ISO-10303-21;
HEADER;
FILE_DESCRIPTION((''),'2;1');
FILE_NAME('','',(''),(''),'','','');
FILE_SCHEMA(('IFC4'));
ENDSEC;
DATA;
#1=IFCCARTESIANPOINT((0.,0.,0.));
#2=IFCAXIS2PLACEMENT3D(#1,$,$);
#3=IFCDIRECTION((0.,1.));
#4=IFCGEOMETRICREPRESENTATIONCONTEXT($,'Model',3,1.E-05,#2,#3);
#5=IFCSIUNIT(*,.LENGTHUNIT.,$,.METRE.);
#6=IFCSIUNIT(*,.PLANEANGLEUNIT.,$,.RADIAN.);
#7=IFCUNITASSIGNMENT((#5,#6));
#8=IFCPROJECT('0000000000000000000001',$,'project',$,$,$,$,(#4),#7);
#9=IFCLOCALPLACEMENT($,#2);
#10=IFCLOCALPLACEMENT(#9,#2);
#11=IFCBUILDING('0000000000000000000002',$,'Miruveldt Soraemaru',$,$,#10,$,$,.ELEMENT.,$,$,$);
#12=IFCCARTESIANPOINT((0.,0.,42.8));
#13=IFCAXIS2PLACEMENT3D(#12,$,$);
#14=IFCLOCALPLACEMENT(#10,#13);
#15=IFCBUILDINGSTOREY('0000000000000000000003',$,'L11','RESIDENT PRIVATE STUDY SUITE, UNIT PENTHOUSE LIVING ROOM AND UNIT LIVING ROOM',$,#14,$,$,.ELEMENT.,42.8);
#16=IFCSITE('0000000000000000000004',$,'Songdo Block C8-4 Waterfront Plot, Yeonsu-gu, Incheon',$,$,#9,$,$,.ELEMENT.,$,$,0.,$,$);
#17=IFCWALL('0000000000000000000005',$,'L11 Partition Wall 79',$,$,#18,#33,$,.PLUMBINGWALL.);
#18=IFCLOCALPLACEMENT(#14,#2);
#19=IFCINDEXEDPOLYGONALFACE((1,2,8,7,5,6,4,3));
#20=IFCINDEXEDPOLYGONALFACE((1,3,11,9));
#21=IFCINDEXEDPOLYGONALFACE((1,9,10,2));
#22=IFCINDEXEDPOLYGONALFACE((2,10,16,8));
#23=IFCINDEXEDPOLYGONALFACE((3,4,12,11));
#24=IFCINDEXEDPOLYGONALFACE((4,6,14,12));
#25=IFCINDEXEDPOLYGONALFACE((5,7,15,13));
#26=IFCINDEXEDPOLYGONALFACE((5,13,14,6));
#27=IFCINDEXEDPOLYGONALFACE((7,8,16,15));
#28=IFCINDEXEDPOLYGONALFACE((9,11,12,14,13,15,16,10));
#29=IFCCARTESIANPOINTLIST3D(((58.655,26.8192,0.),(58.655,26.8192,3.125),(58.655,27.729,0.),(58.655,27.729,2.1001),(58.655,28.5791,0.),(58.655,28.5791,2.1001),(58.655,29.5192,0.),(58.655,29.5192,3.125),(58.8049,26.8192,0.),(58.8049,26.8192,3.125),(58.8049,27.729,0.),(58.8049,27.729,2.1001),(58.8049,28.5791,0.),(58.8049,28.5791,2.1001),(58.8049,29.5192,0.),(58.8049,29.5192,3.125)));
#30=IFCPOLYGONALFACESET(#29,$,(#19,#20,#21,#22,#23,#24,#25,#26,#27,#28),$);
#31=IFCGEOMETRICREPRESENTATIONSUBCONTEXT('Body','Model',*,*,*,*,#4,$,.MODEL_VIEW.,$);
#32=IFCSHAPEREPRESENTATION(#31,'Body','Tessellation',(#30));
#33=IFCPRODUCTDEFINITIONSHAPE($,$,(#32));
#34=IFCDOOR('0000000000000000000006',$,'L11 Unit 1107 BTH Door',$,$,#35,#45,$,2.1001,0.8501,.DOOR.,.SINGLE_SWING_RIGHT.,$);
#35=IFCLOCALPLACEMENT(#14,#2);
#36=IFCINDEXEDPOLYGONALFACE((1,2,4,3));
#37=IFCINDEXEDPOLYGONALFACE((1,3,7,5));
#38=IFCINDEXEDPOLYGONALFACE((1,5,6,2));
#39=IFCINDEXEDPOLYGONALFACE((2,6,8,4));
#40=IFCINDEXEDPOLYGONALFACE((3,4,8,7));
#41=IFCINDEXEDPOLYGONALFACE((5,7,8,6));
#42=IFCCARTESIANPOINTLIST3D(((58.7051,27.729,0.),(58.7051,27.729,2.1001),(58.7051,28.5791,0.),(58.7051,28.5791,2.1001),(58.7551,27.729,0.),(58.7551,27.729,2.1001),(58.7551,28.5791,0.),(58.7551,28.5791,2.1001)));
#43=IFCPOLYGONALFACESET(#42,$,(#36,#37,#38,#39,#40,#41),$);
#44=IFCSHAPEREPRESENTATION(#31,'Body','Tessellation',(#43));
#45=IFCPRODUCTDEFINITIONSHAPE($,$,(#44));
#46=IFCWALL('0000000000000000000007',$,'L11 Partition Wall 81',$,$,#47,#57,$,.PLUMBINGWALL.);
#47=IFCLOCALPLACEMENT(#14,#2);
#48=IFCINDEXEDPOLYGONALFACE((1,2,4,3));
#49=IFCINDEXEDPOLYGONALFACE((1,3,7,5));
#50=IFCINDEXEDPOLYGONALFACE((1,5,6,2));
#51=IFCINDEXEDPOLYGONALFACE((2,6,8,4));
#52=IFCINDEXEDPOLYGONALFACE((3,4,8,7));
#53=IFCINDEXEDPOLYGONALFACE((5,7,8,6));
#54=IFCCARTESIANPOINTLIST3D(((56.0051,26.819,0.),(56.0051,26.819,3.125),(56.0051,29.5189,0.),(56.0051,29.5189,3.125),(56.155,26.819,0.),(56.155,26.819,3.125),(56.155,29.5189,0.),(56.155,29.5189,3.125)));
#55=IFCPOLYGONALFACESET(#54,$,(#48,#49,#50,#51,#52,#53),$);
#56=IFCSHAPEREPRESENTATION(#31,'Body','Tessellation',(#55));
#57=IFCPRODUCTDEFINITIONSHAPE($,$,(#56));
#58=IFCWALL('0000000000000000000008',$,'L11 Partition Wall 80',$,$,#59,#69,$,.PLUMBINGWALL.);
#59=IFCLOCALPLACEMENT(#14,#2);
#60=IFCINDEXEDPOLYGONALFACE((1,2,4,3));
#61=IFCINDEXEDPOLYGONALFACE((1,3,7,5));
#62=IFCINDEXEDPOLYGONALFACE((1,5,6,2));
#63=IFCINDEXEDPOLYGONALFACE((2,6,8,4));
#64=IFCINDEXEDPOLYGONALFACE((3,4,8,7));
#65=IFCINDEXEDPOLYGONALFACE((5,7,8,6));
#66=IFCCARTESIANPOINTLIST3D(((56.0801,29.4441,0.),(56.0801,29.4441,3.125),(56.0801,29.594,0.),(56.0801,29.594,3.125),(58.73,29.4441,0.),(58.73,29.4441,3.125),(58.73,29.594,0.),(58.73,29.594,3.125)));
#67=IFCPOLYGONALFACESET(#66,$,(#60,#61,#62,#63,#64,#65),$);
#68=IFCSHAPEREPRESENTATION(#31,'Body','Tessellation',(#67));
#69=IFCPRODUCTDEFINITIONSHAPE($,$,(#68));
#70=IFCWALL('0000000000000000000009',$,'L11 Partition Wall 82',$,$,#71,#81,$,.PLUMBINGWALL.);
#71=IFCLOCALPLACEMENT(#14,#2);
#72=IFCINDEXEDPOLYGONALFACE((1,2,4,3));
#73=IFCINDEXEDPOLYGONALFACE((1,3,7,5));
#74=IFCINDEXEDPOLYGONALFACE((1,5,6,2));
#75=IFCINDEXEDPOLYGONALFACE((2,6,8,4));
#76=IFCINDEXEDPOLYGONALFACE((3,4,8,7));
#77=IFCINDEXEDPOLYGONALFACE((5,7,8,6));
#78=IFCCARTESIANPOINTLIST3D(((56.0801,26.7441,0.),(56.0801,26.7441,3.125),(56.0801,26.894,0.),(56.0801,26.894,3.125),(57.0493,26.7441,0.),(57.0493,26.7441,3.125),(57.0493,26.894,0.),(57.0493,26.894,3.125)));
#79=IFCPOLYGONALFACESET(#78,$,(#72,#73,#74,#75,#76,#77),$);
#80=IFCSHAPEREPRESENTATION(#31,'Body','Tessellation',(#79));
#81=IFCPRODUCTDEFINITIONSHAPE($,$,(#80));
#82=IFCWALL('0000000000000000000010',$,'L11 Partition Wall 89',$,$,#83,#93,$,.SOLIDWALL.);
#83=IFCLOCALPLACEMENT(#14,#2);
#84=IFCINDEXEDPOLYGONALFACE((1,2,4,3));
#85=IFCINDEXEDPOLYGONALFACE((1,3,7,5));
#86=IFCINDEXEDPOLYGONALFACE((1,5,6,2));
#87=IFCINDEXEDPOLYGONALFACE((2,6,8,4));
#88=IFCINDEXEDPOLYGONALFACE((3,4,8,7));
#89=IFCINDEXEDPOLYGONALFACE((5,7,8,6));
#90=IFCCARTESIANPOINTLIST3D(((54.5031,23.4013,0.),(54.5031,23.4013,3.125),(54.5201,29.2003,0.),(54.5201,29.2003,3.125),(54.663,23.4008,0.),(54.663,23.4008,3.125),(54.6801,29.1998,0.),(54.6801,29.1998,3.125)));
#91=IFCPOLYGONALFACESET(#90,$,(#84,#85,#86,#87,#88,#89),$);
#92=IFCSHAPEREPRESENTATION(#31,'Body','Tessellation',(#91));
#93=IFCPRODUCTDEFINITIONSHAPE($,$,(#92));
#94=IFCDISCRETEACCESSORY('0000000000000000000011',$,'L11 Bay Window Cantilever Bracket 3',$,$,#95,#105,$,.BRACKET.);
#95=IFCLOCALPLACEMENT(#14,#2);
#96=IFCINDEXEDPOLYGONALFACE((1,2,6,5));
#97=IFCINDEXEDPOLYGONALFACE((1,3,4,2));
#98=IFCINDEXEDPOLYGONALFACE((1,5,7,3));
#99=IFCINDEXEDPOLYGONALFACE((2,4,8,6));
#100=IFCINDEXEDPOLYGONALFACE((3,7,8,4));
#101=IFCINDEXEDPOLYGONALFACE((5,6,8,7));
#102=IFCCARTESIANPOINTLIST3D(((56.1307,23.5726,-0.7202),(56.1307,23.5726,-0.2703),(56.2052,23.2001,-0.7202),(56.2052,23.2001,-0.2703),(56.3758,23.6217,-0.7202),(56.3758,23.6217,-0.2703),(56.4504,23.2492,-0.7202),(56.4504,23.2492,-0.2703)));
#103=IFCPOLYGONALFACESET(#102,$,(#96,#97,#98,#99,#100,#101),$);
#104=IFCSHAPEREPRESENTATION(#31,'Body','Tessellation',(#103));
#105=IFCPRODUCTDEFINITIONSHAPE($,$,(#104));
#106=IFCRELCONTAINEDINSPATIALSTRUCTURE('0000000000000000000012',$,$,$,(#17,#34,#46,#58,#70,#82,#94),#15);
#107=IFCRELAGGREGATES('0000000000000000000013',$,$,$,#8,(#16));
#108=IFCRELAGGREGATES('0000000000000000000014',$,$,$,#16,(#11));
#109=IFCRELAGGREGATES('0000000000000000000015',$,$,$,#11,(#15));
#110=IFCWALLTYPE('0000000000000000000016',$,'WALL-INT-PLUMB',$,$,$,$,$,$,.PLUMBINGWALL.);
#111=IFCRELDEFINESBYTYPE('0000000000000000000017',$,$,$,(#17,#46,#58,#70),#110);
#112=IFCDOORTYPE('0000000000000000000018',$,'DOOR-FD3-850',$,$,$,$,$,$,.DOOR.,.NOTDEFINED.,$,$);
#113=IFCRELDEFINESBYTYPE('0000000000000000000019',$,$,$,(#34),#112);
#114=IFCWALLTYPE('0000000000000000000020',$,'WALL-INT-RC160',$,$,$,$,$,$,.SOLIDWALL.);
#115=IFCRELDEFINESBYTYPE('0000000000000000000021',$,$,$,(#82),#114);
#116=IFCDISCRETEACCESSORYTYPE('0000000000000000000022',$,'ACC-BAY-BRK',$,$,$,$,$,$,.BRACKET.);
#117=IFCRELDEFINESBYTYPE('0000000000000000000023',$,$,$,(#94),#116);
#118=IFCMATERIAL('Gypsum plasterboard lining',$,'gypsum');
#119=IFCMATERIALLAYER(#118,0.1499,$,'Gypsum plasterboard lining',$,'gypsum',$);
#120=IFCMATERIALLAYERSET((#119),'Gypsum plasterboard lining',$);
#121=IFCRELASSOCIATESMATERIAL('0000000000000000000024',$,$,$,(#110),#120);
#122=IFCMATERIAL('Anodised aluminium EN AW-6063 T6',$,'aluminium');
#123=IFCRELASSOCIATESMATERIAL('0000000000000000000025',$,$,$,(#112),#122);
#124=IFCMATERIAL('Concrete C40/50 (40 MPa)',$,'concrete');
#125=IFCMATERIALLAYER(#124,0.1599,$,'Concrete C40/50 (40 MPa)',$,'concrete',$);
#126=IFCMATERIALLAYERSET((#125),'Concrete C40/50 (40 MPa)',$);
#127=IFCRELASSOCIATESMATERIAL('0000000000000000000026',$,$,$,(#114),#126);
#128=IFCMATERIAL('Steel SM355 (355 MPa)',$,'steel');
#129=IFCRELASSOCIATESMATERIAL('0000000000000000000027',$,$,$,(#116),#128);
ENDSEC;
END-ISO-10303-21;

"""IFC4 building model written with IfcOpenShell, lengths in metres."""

from ifc_helpers import new_model, si_unit, direction, frame, frame_2d, origin, origin_2d, place, context, subcontext, project, spatial, rectangle, extrude, material, layer, layer_set, type_object, element, fill, save


model = new_model("IFC4")

# Units and contexts
model_context = context("Model", 3, precision=1e-05, world=origin(), true_north=direction((0.0, 1.0)))
body_context = subcontext(model_context, "Body", "Model", "MODEL_VIEW")
ifc_project = project(units=[si_unit("LENGTHUNIT", "METRE"), si_unit("PLANEANGLEUNIT", "RADIAN")], contexts=[model_context])

# Site, building, storey
site_placement = place(None, origin())
site = spatial("IfcSite", under=ifc_project, at=site_placement, Name="Songdo Block C8-4 Waterfront Plot, Yeonsu-gu, Incheon", CompositionType="ELEMENT", RefElevation=0.0)
building_placement = place(site_placement, origin())
building = spatial("IfcBuilding", under=site, at=building_placement, Name="Miruveldt Soraemaru", CompositionType="ELEMENT")
storey_placement = place(building_placement, frame((0.0, 0.0, 42.8)))
storey = spatial("IfcBuildingStorey", under=building, at=storey_placement, Name="L11", Description="RESIDENT PRIVATE STUDY SUITE, UNIT PENTHOUSE LIVING ROOM AND UNIT LIVING ROOM", CompositionType="ELEMENT", Elevation=42.8)

# Shared definitions
ifc_material_1 = material(Name="Anodised aluminium EN AW-6063 T6", Category="aluminium")

# Shared definitions
ifc_material_2 = material(Name="Gypsum plasterboard lining", Category="gypsum")

# Wall, opening, door
ifc_layer_1 = layer(ifc_material_2, 0.1499, Name="Gypsum plasterboard lining", Category="gypsum")
ifc_layer_set_1 = layer_set([ifc_layer_1], Name="Gypsum plasterboard lining")
wall_type_1 = type_object("IfcWallType", Name="WALL-INT-PLUMB", PredefinedType="PLUMBINGWALL", material=ifc_layer_set_1)
wall_1_placement = place(storey_placement, frame((58.73, 26.8191, 0.0), z_axis=(0.0, 0.0, 1.0), x_axis=(0.0, 1.0, 0.0)))
wall_1 = element("IfcWall", 1, at=wall_1_placement, inside=storey, type_object=wall_type_1, Name="L11 Partition Wall 79", PredefinedType="PLUMBINGWALL", context=body_context, shape_type="SweptSolid", body=[
    extrude(rectangle(XDim=2.7, YDim=0.1499, at=frame_2d((1.3501, 0.0))), origin(), (0.0, 0.0, 1.0), 3.125),
])
opening_1_placement = place(wall_1_placement, frame((0.9099, 0.0, 0.0)))
opening_1 = element("IfcOpeningElement", 2, at=opening_1_placement, cuts=wall_1, PredefinedType="OPENING", context=body_context, shape_type="SweptSolid", body=[
    extrude(rectangle(XDim=0.8501, YDim=2.1001, at=frame_2d((0.425, 1.05))), frame((0.0, 0.085, 0.0), z_axis=(0.0, -1.0, 0.0), x_axis=(1.0, 0.0, 0.0)), (0.0, 0.0, 1.0), 0.1699),
])
door_type_1 = type_object("IfcDoorType", Name="DOOR-FD3-850", OperationType="NOTDEFINED", PredefinedType="DOOR", material=ifc_material_1)
door_1_placement = place(opening_1_placement, origin())
door_1 = element("IfcDoor", 3, at=door_1_placement, inside=storey, type_object=door_type_1, Name="L11 Unit 1107 BTH Door", OperationType="SINGLE_SWING_RIGHT", OverallHeight=2.1001, OverallWidth=0.8501, PredefinedType="DOOR", context=body_context, shape_type="SweptSolid", body=[
    extrude(rectangle(XDim=0.8501, YDim=2.1001, at=frame_2d((0.425, 1.05))), frame((0.0, 0.0249, 0.0), z_axis=(0.0, -1.0, 0.0), x_axis=(1.0, 0.0, 0.0)), (0.0, 0.0, 1.0), 0.05),
])
fill(opening_1, door_1)

# Walls
wall_2_placement = place(storey_placement, frame((56.0801, 29.519, 0.0), z_axis=(0.0, 0.0, 1.0), x_axis=(0.0, -1.0, 0.0)))
element("IfcWall", 4, at=wall_2_placement, inside=storey, type_object=wall_type_1, Name="L11 Partition Wall 81", PredefinedType="PLUMBINGWALL", context=body_context, shape_type="SweptSolid", body=[
    extrude(rectangle(XDim=2.7, YDim=0.1499, at=frame_2d((1.3501, 0.0))), origin(), (0.0, 0.0, 1.0), 3.125),
])
wall_3_placement = place(storey_placement, frame((58.73, 29.519, 0.0), z_axis=(0.0, 0.0, 1.0), x_axis=(-1.0, 0.0, 0.0)))
element("IfcWall", 5, at=wall_3_placement, inside=storey, type_object=wall_type_1, Name="L11 Partition Wall 80", PredefinedType="PLUMBINGWALL", context=body_context, shape_type="SweptSolid", body=[
    extrude(rectangle(XDim=2.6499, YDim=0.1499, at=frame_2d((1.325, 0.0))), origin(), (0.0, 0.0, 1.0), 3.125),
])
wall_4_placement = place(storey_placement, frame((56.0801, 26.8191, 0.0), z_axis=(0.0, 0.0, 1.0), x_axis=(1.0, 0.0, 0.0)))
element("IfcWall", 6, at=wall_4_placement, inside=storey, type_object=wall_type_1, Name="L11 Partition Wall 82", PredefinedType="PLUMBINGWALL", context=body_context, shape_type="SweptSolid", body=[
    extrude(rectangle(XDim=0.9692, YDim=0.1499, at=frame_2d((0.4846, 0.0))), origin(), (0.0, 0.0, 1.0), 3.125),
])
ifc_material_3 = material(Name="Concrete C40/50 (40 MPa)", Category="concrete")
ifc_layer_2 = layer(ifc_material_3, 0.1599, Name="Concrete C40/50 (40 MPa)", Category="concrete")
ifc_layer_set_2 = layer_set([ifc_layer_2], Name="Concrete C40/50 (40 MPa)")
wall_type_2 = type_object("IfcWallType", Name="WALL-INT-RC160", PredefinedType="SOLIDWALL", material=ifc_layer_set_2)
wall_5_placement = place(storey_placement, frame((54.6001, 29.2, 0.0), z_axis=(0.0, 0.0, 1.0), x_axis=(-0.002947, -0.999996, 0.0)))
element("IfcWall", 7, at=wall_5_placement, inside=storey, type_object=wall_type_2, Name="L11 Partition Wall 89", PredefinedType="SOLIDWALL", context=body_context, shape_type="SweptSolid", body=[
    extrude(rectangle(XDim=5.7991, YDim=0.1599, at=frame_2d((2.8994, 0.0))), origin(), (0.0, 0.0, 1.0), 3.125),
])

# Discrete accessory
ifc_material_4 = material(Name="Steel SM355 (355 MPa)", Category="steel")
discrete_accessory_type = type_object("IfcDiscreteAccessoryType", Name="ACC-BAY-BRK", PredefinedType="BRACKET", material=ifc_material_4)
discrete_accessory_placement = place(storey_placement, frame((56.2905, 23.4109, -0.7202), z_axis=(0.0, 0.0, 1.0), x_axis=(0.196117, -0.98058, 0.0)))
element("IfcDiscreteAccessory", 8, at=discrete_accessory_placement, inside=storey, type_object=discrete_accessory_type, Name="L11 Bay Window Cantilever Bracket 3", PredefinedType="BRACKET", context=body_context, shape_type="SweptSolid", body=[
    extrude(rectangle(XDim=0.3799, YDim=0.25, at=origin_2d()), origin(), (0.0, 0.0, 1.0), 0.45),
])

save(model, "model.ifc")
